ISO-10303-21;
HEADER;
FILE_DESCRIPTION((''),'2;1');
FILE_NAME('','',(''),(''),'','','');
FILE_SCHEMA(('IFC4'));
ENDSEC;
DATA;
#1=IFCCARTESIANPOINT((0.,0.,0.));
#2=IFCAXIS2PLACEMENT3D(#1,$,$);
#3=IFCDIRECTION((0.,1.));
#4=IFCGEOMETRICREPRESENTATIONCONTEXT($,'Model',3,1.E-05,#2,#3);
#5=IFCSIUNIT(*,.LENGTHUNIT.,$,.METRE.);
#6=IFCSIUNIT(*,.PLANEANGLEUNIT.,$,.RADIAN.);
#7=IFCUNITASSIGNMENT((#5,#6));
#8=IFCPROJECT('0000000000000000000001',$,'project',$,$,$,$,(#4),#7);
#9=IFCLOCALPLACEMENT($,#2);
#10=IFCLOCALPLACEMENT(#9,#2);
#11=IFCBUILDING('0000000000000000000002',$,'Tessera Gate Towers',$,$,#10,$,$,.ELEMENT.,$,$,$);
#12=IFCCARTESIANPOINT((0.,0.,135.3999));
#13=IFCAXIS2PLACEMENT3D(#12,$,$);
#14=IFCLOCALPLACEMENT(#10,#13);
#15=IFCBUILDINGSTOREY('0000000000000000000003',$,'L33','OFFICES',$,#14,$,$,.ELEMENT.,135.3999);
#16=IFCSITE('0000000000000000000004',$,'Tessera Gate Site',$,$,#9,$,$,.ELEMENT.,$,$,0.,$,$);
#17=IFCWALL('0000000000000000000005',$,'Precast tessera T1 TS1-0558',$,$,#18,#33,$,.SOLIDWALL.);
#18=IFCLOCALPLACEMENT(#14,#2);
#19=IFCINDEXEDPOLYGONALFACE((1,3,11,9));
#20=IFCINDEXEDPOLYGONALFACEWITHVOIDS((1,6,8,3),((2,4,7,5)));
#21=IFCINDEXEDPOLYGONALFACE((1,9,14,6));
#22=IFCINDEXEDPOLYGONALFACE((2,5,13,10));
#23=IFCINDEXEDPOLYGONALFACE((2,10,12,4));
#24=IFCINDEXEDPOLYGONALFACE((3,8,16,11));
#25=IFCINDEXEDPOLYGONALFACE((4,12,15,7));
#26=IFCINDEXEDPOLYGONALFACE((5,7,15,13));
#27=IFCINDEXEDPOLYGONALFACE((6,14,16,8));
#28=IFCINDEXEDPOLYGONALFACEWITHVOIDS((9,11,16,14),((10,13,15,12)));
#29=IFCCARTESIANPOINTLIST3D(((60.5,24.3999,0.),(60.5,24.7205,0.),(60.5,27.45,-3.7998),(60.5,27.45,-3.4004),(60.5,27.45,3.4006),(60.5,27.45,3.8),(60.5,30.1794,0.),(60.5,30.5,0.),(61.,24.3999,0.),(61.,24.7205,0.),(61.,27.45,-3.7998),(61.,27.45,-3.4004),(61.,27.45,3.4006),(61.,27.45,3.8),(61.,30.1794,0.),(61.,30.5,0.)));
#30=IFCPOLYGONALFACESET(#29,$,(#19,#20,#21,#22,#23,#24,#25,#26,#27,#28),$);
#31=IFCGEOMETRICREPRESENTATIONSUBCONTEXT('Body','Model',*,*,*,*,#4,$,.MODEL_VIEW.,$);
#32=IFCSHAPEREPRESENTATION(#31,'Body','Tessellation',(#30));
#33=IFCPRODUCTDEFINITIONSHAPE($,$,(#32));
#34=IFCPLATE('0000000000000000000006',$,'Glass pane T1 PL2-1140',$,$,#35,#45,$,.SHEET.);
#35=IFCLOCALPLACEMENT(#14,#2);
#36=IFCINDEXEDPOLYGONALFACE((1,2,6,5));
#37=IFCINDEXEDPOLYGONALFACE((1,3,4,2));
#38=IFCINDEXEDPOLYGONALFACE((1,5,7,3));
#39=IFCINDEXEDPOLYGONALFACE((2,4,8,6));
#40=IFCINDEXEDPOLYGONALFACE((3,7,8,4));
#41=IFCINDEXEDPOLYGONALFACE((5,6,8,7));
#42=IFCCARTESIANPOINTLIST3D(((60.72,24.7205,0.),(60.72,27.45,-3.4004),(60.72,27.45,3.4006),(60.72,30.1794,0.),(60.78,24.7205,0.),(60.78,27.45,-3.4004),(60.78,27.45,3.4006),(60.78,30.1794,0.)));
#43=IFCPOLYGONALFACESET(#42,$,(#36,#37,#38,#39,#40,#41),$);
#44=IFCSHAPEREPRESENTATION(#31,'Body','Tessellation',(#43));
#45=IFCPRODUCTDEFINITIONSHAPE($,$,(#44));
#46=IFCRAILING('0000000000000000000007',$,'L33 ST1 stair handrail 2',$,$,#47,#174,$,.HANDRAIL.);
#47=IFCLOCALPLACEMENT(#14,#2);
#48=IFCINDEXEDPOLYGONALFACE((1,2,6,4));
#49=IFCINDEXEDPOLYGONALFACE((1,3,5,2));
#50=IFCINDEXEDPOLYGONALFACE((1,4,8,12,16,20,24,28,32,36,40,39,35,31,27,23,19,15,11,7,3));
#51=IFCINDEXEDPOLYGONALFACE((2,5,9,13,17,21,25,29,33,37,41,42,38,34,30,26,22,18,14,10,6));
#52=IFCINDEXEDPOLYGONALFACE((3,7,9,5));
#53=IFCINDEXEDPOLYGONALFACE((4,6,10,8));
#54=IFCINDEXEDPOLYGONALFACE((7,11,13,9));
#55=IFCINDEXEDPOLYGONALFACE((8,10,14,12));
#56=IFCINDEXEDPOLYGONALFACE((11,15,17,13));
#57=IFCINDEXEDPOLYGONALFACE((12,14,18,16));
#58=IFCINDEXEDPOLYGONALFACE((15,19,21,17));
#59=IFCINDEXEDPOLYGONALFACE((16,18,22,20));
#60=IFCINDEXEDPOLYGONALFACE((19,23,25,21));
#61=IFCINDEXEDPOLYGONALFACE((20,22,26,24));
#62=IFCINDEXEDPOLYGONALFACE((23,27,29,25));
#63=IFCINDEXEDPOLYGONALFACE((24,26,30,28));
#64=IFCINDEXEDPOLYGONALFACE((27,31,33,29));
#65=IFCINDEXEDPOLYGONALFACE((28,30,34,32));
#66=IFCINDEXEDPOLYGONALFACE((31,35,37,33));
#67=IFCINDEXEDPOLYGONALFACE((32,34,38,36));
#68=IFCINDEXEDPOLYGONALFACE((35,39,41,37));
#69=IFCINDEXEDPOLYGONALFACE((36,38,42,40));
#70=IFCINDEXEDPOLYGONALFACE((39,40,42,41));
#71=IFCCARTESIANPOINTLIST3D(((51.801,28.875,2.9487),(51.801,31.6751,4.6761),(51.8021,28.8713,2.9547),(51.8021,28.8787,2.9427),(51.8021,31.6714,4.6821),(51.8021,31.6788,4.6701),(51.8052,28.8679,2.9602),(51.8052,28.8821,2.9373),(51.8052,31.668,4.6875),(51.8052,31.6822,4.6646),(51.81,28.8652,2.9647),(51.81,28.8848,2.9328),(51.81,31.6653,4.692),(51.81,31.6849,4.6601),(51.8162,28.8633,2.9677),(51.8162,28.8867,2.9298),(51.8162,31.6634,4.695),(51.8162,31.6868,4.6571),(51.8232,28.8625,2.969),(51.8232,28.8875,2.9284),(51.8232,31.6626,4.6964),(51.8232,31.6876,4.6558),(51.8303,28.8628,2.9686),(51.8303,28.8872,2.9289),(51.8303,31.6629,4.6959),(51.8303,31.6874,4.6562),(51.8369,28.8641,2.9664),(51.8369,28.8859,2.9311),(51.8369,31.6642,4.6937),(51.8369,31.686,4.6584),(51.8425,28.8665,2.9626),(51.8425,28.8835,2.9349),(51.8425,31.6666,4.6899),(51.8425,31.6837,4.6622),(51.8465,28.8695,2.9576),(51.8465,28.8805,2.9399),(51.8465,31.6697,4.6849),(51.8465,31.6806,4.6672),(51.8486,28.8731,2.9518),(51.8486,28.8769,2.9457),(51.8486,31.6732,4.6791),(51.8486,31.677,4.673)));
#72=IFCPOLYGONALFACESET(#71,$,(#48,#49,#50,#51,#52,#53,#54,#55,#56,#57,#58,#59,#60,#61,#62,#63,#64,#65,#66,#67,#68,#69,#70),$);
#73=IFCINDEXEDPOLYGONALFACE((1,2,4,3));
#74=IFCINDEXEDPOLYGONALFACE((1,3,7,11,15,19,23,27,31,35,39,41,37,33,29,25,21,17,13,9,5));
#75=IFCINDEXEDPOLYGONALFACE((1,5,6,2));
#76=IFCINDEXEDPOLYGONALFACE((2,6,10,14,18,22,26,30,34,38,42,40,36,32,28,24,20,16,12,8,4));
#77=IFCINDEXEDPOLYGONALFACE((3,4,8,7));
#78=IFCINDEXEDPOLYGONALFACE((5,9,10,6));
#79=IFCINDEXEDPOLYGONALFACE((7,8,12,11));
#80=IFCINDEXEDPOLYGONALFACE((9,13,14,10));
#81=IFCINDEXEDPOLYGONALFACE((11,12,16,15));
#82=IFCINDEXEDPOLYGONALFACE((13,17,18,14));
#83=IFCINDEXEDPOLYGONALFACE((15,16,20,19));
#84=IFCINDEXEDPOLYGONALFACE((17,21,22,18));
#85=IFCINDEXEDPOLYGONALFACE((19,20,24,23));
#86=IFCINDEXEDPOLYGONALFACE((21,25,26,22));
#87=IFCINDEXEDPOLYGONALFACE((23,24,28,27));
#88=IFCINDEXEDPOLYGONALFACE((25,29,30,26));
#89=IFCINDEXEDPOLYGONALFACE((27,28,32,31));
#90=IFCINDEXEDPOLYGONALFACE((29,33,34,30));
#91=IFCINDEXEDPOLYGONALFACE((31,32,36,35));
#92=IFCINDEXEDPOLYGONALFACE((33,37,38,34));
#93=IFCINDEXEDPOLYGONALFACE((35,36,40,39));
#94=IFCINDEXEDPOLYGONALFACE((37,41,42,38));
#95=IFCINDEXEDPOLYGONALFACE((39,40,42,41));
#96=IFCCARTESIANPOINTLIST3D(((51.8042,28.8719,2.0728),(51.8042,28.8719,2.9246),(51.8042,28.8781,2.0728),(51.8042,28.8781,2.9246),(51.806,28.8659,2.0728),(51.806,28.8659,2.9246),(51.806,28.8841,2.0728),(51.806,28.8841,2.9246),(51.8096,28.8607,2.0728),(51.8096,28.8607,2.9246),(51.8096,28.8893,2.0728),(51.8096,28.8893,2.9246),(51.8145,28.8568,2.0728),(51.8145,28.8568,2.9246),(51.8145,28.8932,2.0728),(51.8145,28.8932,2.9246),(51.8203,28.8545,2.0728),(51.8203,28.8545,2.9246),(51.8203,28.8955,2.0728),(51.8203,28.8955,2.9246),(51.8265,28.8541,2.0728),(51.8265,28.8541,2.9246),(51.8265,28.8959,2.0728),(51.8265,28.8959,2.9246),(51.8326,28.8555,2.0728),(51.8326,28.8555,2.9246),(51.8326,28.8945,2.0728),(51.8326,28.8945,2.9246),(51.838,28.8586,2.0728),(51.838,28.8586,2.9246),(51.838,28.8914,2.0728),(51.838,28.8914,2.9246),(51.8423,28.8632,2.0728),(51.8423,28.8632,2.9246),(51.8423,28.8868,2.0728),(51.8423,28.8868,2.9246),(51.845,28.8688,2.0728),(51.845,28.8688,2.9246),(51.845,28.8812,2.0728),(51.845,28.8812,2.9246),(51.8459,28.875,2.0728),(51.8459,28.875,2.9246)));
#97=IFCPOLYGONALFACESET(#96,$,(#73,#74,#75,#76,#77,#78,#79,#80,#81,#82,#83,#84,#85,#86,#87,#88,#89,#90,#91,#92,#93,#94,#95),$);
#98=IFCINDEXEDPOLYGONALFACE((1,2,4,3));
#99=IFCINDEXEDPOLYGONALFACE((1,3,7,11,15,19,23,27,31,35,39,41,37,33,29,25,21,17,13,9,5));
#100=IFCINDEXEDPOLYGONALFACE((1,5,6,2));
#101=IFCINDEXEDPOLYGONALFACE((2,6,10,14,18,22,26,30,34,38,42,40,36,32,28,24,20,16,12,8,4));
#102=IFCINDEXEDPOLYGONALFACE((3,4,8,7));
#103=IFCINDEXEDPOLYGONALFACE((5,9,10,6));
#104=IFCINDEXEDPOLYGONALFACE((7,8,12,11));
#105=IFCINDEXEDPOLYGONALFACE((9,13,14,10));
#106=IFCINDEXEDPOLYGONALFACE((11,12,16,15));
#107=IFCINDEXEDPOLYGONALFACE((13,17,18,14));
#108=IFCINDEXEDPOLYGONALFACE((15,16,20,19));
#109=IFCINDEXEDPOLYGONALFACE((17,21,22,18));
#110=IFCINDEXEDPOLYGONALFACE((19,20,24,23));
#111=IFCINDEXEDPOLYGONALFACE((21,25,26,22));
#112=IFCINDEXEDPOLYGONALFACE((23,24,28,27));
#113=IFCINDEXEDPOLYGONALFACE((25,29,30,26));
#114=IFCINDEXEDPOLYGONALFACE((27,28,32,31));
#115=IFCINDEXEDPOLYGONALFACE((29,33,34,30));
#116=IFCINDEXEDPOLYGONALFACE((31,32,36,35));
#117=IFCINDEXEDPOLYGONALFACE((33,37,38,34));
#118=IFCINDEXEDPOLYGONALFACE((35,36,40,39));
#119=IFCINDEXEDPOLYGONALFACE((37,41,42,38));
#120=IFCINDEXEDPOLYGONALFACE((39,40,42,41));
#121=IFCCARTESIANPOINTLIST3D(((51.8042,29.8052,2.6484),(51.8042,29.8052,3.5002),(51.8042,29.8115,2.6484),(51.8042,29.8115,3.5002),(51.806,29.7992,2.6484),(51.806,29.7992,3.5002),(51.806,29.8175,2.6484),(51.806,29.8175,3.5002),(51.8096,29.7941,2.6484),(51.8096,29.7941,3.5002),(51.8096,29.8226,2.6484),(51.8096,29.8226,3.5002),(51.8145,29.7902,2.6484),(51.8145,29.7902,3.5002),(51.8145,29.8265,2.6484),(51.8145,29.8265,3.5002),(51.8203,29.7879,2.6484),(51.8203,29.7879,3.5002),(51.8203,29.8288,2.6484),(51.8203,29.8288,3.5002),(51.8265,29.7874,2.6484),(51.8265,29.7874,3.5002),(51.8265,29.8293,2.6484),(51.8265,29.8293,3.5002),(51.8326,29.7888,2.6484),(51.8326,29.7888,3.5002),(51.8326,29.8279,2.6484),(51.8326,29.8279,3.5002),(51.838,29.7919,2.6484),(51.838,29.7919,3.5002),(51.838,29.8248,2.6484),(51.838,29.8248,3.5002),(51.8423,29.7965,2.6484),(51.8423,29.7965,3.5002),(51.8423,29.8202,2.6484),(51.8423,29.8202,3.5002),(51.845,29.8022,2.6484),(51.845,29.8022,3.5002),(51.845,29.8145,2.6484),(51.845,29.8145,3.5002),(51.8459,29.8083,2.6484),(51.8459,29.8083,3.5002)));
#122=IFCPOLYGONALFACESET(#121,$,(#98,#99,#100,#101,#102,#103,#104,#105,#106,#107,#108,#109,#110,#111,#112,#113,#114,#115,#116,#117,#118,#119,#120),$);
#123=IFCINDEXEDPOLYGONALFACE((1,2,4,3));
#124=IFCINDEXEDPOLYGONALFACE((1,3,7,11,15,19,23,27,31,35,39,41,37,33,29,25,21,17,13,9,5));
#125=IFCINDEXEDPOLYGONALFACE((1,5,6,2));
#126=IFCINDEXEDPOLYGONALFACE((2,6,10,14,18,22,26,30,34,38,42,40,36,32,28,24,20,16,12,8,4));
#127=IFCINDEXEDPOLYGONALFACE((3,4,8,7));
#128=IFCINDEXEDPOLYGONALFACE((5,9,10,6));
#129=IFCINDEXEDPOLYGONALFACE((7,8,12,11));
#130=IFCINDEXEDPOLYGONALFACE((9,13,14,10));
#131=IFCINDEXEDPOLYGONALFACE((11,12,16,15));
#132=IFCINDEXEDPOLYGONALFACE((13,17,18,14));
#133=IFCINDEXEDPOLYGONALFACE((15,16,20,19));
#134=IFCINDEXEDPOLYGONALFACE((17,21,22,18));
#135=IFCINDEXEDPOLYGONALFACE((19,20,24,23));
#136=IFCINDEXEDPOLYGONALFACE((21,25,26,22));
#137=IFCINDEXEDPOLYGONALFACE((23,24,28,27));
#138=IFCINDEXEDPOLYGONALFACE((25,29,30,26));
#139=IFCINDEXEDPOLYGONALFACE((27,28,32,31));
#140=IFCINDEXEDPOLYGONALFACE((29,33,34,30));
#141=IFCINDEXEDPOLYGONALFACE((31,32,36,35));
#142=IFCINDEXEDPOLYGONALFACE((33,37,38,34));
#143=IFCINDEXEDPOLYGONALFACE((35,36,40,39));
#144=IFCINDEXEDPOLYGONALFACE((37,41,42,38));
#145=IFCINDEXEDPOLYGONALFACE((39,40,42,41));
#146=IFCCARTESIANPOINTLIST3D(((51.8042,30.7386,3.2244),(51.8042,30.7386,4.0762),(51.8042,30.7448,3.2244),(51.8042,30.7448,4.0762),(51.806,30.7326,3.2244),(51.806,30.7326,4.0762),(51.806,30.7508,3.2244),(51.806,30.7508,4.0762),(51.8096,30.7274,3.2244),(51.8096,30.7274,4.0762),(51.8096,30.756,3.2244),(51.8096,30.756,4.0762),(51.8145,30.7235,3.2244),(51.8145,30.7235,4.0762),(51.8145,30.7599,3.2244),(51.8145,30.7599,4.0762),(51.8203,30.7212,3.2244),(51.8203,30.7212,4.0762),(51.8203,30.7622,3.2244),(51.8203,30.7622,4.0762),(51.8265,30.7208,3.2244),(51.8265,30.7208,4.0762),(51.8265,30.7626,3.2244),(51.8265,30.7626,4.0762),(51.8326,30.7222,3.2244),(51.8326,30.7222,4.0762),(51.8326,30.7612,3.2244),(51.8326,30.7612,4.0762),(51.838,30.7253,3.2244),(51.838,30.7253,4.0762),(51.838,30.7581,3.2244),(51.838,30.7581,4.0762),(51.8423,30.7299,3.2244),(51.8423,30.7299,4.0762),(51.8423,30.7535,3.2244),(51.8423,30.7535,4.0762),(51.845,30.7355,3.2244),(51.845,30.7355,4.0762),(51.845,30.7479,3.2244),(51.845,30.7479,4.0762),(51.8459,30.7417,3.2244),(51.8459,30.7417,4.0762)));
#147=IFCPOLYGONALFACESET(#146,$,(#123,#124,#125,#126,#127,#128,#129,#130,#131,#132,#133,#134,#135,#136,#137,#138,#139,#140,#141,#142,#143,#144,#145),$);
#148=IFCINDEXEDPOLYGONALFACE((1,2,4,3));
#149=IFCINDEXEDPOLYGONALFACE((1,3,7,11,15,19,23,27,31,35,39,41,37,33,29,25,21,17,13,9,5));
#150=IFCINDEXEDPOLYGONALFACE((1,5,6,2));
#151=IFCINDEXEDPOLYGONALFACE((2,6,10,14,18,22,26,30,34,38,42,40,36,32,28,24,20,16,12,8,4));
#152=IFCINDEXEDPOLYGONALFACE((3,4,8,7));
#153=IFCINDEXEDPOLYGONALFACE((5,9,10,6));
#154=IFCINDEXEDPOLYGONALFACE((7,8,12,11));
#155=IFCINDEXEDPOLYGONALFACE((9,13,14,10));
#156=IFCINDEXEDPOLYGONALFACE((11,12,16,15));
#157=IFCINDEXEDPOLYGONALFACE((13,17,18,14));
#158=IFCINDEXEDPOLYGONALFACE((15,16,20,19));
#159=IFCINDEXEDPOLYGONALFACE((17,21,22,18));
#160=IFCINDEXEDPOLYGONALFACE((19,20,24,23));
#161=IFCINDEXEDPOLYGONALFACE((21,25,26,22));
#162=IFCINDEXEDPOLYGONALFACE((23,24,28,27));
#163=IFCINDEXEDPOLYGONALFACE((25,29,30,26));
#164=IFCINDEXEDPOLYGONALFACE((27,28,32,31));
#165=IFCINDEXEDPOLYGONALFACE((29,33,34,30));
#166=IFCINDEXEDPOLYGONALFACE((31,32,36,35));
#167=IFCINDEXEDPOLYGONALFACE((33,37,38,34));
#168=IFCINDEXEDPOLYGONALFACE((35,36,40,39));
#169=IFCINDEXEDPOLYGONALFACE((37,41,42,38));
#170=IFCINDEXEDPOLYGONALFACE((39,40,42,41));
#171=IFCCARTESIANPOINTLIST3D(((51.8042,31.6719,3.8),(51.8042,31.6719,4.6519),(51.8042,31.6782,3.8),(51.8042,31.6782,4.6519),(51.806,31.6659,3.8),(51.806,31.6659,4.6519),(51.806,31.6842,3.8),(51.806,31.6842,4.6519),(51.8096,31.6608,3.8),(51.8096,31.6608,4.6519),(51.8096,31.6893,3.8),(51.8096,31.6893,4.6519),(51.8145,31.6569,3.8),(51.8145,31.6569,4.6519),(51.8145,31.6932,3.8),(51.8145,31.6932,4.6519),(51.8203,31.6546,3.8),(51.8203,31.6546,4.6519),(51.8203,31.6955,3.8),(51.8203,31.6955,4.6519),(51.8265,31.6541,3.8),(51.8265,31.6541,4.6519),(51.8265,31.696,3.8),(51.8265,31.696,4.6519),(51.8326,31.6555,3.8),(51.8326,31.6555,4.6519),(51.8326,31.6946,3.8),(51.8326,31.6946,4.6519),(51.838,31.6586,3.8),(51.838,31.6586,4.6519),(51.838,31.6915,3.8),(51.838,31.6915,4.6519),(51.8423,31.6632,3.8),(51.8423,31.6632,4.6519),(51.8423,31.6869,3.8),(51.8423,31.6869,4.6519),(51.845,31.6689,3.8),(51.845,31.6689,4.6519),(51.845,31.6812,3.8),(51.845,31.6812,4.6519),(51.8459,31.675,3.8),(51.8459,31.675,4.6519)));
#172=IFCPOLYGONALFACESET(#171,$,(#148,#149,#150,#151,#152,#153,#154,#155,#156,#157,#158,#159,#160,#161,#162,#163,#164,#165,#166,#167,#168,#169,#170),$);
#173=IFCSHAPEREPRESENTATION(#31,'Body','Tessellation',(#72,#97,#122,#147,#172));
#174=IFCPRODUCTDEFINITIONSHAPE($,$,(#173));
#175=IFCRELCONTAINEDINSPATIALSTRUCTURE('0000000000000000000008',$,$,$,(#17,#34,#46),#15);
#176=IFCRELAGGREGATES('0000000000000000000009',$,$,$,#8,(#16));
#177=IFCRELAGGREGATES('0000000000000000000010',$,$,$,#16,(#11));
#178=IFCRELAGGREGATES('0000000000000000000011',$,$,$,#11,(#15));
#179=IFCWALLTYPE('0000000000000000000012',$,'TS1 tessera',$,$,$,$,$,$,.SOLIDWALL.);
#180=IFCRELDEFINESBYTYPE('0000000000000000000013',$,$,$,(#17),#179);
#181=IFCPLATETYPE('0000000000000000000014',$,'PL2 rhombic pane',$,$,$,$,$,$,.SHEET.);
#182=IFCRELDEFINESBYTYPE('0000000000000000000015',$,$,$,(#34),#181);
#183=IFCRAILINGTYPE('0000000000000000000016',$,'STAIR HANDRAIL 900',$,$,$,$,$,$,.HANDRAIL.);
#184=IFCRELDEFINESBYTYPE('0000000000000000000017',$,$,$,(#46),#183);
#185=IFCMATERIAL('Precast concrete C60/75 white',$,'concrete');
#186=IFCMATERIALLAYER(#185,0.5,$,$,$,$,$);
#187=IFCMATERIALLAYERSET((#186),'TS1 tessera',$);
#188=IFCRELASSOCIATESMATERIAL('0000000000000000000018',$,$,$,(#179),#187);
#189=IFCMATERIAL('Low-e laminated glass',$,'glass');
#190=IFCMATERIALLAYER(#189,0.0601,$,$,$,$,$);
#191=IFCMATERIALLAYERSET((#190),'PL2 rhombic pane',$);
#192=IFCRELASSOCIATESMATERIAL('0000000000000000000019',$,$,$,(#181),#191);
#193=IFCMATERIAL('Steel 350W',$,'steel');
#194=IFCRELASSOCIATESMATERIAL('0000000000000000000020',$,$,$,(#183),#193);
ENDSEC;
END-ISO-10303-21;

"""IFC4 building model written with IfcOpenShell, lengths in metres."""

from ifc_helpers import new_model, si_unit, direction, frame, origin, origin_2d, place, context, subcontext, project, spatial, polyline, circle, outline, extrude, source, transform, mapped, material, layer, layer_set, type_object, element, fill, save


model = new_model("IFC4")

# Units and contexts
model_context = context("Model", 3, precision=1e-05, world=origin(), true_north=direction((0.0, 1.0)))
body_context = subcontext(model_context, "Body", "Model", "MODEL_VIEW")
ifc_project = project(units=[si_unit("LENGTHUNIT", "METRE"), si_unit("PLANEANGLEUNIT", "RADIAN")], contexts=[model_context])

# Site, building, storey
site_placement = place(None, origin())
site = spatial("IfcSite", under=ifc_project, at=site_placement, Name="Tessera Gate Site", CompositionType="ELEMENT", RefElevation=0.0)
building_placement = place(site_placement, origin())
building = spatial("IfcBuilding", under=site, at=building_placement, Name="Tessera Gate Towers", CompositionType="ELEMENT")
storey_placement = place(building_placement, frame((0.0, 0.0, 135.3999)))
storey = spatial("IfcBuildingStorey", under=building, at=storey_placement, Name="L33", Description="OFFICES", CompositionType="ELEMENT", Elevation=135.3999)

# Wall, opening, plate
ifc_material_1 = material(Name="Precast concrete C60/75 white", Category="concrete")
ifc_layer_1 = layer(ifc_material_1, 0.5)
ifc_layer_set_1 = layer_set([ifc_layer_1], Name="TS1 tessera")
wall_type_1 = type_object("IfcWallType", Name="TS1 tessera", PredefinedType="SOLIDWALL", material=ifc_layer_set_1)
shared_shape_1 = source(origin(), body_context, "Body", "SweptSolid", [
    extrude(outline(polyline([(3.05, 0.0), (6.1001, 3.7998), (3.05, 7.5999), (0.0, 3.7998), (3.05, 0.0)])), frame((0.0, 0.25, 0.0), z_axis=(0.0, -1.0, 0.0), x_axis=(1.0, 0.0, 0.0)), (0.0, 0.0, 1.0), 0.5),
])
wall_1_placement = place(storey_placement, frame((60.75, 24.3999, -3.7998), z_axis=(0.0, 0.0, 1.0), x_axis=(0.0, 1.0, 0.0)))
wall_1 = element("IfcWall", 1, at=wall_1_placement, inside=storey, type_object=wall_type_1, Name="Precast tessera T1 TS1-0558", PredefinedType="SOLIDWALL", context=body_context, shape_type="MappedRepresentation", body=[
    mapped(shared_shape_1, transform((0.0, 0.0, 0.0), scale=1.0)),
])
shared_shape_2 = source(origin(), body_context, "Body", "SweptSolid", [
    extrude(outline(polyline([(3.05, 0.3994), (5.7795, 3.7998), (3.05, 7.2004), (0.3206, 3.7998), (3.05, 0.3994)])), frame((0.0, 0.26, 0.0), z_axis=(0.0, -1.0, 0.0), x_axis=(1.0, 0.0, 0.0)), (0.0, 0.0, 1.0), 0.52),
])
opening_1_placement = place(wall_1_placement, origin())
opening_1 = element("IfcOpeningElement", 2, at=opening_1_placement, cuts=wall_1, PredefinedType="OPENING", context=body_context, shape_type="MappedRepresentation", body=[
    mapped(shared_shape_2, transform((0.0, 0.0, 0.0), scale=1.0)),
])
ifc_material_2 = material(Name="Low-e laminated glass", Category="glass")
ifc_layer_2 = layer(ifc_material_2, 0.0601)
ifc_layer_set_2 = layer_set([ifc_layer_2], Name="PL2 rhombic pane")
plate_type = type_object("IfcPlateType", Name="PL2 rhombic pane", PredefinedType="SHEET", material=ifc_layer_set_2)
shared_shape_3 = source(origin(), body_context, "Body", "SweptSolid", [
    extrude(outline(polyline([(3.05, 0.3994), (5.7795, 3.7998), (3.05, 7.2004), (0.3206, 3.7998), (3.05, 0.3994)])), frame((0.0, 0.03, 0.0), z_axis=(0.0, -1.0, 0.0), x_axis=(1.0, 0.0, 0.0)), (0.0, 0.0, 1.0), 0.0601),
])
plate_placement = place(opening_1_placement, origin())
plate = element("IfcPlate", 3, at=plate_placement, inside=storey, type_object=plate_type, Name="Glass pane T1 PL2-1140", PredefinedType="SHEET", context=body_context, shape_type="MappedRepresentation", body=[
    mapped(shared_shape_3, transform((0.0, 0.0, 0.0), scale=1.0)),
])
fill(opening_1, plate)

# Railing
ifc_material_3 = material(Name="Steel 350W", Category="steel")
railing_type = type_object("IfcRailingType", Name="STAIR HANDRAIL 900", PredefinedType="HANDRAIL", material=ifc_material_3)
railing_placement = place(storey_placement, frame((51.825, 28.875, 2.0728)))
element("IfcRailing", 4, at=railing_placement, inside=storey, type_object=railing_type, Name="L33 ST1 stair handrail 2", PredefinedType="HANDRAIL", context=body_context, shape_type="SweptSolid", body=[
    extrude(circle(Radius=0.0239, at=origin_2d()), frame((0.0, 0.0, 0.876), z_axis=(0.0, 0.85109, 0.52502), x_axis=(-1.0, 0.0, 0.0)), (0.0, 0.0, 1.0), 3.29),
    extrude(circle(Radius=0.021, at=origin_2d()), origin(), (0.0, 0.0, 1.0), 0.8518),
    extrude(circle(Radius=0.021, at=origin_2d()), frame((0.0, 0.9333, 0.5757)), (0.0, 0.0, 1.0), 0.8518),
    extrude(circle(Radius=0.021, at=origin_2d()), frame((0.0, 1.8667, 1.1516)), (0.0, 0.0, 1.0), 0.8518),
    extrude(circle(Radius=0.021, at=origin_2d()), frame((0.0, 2.8, 1.7273)), (0.0, 0.0, 1.0), 0.8518),
])

save(model, "model.ifc")
